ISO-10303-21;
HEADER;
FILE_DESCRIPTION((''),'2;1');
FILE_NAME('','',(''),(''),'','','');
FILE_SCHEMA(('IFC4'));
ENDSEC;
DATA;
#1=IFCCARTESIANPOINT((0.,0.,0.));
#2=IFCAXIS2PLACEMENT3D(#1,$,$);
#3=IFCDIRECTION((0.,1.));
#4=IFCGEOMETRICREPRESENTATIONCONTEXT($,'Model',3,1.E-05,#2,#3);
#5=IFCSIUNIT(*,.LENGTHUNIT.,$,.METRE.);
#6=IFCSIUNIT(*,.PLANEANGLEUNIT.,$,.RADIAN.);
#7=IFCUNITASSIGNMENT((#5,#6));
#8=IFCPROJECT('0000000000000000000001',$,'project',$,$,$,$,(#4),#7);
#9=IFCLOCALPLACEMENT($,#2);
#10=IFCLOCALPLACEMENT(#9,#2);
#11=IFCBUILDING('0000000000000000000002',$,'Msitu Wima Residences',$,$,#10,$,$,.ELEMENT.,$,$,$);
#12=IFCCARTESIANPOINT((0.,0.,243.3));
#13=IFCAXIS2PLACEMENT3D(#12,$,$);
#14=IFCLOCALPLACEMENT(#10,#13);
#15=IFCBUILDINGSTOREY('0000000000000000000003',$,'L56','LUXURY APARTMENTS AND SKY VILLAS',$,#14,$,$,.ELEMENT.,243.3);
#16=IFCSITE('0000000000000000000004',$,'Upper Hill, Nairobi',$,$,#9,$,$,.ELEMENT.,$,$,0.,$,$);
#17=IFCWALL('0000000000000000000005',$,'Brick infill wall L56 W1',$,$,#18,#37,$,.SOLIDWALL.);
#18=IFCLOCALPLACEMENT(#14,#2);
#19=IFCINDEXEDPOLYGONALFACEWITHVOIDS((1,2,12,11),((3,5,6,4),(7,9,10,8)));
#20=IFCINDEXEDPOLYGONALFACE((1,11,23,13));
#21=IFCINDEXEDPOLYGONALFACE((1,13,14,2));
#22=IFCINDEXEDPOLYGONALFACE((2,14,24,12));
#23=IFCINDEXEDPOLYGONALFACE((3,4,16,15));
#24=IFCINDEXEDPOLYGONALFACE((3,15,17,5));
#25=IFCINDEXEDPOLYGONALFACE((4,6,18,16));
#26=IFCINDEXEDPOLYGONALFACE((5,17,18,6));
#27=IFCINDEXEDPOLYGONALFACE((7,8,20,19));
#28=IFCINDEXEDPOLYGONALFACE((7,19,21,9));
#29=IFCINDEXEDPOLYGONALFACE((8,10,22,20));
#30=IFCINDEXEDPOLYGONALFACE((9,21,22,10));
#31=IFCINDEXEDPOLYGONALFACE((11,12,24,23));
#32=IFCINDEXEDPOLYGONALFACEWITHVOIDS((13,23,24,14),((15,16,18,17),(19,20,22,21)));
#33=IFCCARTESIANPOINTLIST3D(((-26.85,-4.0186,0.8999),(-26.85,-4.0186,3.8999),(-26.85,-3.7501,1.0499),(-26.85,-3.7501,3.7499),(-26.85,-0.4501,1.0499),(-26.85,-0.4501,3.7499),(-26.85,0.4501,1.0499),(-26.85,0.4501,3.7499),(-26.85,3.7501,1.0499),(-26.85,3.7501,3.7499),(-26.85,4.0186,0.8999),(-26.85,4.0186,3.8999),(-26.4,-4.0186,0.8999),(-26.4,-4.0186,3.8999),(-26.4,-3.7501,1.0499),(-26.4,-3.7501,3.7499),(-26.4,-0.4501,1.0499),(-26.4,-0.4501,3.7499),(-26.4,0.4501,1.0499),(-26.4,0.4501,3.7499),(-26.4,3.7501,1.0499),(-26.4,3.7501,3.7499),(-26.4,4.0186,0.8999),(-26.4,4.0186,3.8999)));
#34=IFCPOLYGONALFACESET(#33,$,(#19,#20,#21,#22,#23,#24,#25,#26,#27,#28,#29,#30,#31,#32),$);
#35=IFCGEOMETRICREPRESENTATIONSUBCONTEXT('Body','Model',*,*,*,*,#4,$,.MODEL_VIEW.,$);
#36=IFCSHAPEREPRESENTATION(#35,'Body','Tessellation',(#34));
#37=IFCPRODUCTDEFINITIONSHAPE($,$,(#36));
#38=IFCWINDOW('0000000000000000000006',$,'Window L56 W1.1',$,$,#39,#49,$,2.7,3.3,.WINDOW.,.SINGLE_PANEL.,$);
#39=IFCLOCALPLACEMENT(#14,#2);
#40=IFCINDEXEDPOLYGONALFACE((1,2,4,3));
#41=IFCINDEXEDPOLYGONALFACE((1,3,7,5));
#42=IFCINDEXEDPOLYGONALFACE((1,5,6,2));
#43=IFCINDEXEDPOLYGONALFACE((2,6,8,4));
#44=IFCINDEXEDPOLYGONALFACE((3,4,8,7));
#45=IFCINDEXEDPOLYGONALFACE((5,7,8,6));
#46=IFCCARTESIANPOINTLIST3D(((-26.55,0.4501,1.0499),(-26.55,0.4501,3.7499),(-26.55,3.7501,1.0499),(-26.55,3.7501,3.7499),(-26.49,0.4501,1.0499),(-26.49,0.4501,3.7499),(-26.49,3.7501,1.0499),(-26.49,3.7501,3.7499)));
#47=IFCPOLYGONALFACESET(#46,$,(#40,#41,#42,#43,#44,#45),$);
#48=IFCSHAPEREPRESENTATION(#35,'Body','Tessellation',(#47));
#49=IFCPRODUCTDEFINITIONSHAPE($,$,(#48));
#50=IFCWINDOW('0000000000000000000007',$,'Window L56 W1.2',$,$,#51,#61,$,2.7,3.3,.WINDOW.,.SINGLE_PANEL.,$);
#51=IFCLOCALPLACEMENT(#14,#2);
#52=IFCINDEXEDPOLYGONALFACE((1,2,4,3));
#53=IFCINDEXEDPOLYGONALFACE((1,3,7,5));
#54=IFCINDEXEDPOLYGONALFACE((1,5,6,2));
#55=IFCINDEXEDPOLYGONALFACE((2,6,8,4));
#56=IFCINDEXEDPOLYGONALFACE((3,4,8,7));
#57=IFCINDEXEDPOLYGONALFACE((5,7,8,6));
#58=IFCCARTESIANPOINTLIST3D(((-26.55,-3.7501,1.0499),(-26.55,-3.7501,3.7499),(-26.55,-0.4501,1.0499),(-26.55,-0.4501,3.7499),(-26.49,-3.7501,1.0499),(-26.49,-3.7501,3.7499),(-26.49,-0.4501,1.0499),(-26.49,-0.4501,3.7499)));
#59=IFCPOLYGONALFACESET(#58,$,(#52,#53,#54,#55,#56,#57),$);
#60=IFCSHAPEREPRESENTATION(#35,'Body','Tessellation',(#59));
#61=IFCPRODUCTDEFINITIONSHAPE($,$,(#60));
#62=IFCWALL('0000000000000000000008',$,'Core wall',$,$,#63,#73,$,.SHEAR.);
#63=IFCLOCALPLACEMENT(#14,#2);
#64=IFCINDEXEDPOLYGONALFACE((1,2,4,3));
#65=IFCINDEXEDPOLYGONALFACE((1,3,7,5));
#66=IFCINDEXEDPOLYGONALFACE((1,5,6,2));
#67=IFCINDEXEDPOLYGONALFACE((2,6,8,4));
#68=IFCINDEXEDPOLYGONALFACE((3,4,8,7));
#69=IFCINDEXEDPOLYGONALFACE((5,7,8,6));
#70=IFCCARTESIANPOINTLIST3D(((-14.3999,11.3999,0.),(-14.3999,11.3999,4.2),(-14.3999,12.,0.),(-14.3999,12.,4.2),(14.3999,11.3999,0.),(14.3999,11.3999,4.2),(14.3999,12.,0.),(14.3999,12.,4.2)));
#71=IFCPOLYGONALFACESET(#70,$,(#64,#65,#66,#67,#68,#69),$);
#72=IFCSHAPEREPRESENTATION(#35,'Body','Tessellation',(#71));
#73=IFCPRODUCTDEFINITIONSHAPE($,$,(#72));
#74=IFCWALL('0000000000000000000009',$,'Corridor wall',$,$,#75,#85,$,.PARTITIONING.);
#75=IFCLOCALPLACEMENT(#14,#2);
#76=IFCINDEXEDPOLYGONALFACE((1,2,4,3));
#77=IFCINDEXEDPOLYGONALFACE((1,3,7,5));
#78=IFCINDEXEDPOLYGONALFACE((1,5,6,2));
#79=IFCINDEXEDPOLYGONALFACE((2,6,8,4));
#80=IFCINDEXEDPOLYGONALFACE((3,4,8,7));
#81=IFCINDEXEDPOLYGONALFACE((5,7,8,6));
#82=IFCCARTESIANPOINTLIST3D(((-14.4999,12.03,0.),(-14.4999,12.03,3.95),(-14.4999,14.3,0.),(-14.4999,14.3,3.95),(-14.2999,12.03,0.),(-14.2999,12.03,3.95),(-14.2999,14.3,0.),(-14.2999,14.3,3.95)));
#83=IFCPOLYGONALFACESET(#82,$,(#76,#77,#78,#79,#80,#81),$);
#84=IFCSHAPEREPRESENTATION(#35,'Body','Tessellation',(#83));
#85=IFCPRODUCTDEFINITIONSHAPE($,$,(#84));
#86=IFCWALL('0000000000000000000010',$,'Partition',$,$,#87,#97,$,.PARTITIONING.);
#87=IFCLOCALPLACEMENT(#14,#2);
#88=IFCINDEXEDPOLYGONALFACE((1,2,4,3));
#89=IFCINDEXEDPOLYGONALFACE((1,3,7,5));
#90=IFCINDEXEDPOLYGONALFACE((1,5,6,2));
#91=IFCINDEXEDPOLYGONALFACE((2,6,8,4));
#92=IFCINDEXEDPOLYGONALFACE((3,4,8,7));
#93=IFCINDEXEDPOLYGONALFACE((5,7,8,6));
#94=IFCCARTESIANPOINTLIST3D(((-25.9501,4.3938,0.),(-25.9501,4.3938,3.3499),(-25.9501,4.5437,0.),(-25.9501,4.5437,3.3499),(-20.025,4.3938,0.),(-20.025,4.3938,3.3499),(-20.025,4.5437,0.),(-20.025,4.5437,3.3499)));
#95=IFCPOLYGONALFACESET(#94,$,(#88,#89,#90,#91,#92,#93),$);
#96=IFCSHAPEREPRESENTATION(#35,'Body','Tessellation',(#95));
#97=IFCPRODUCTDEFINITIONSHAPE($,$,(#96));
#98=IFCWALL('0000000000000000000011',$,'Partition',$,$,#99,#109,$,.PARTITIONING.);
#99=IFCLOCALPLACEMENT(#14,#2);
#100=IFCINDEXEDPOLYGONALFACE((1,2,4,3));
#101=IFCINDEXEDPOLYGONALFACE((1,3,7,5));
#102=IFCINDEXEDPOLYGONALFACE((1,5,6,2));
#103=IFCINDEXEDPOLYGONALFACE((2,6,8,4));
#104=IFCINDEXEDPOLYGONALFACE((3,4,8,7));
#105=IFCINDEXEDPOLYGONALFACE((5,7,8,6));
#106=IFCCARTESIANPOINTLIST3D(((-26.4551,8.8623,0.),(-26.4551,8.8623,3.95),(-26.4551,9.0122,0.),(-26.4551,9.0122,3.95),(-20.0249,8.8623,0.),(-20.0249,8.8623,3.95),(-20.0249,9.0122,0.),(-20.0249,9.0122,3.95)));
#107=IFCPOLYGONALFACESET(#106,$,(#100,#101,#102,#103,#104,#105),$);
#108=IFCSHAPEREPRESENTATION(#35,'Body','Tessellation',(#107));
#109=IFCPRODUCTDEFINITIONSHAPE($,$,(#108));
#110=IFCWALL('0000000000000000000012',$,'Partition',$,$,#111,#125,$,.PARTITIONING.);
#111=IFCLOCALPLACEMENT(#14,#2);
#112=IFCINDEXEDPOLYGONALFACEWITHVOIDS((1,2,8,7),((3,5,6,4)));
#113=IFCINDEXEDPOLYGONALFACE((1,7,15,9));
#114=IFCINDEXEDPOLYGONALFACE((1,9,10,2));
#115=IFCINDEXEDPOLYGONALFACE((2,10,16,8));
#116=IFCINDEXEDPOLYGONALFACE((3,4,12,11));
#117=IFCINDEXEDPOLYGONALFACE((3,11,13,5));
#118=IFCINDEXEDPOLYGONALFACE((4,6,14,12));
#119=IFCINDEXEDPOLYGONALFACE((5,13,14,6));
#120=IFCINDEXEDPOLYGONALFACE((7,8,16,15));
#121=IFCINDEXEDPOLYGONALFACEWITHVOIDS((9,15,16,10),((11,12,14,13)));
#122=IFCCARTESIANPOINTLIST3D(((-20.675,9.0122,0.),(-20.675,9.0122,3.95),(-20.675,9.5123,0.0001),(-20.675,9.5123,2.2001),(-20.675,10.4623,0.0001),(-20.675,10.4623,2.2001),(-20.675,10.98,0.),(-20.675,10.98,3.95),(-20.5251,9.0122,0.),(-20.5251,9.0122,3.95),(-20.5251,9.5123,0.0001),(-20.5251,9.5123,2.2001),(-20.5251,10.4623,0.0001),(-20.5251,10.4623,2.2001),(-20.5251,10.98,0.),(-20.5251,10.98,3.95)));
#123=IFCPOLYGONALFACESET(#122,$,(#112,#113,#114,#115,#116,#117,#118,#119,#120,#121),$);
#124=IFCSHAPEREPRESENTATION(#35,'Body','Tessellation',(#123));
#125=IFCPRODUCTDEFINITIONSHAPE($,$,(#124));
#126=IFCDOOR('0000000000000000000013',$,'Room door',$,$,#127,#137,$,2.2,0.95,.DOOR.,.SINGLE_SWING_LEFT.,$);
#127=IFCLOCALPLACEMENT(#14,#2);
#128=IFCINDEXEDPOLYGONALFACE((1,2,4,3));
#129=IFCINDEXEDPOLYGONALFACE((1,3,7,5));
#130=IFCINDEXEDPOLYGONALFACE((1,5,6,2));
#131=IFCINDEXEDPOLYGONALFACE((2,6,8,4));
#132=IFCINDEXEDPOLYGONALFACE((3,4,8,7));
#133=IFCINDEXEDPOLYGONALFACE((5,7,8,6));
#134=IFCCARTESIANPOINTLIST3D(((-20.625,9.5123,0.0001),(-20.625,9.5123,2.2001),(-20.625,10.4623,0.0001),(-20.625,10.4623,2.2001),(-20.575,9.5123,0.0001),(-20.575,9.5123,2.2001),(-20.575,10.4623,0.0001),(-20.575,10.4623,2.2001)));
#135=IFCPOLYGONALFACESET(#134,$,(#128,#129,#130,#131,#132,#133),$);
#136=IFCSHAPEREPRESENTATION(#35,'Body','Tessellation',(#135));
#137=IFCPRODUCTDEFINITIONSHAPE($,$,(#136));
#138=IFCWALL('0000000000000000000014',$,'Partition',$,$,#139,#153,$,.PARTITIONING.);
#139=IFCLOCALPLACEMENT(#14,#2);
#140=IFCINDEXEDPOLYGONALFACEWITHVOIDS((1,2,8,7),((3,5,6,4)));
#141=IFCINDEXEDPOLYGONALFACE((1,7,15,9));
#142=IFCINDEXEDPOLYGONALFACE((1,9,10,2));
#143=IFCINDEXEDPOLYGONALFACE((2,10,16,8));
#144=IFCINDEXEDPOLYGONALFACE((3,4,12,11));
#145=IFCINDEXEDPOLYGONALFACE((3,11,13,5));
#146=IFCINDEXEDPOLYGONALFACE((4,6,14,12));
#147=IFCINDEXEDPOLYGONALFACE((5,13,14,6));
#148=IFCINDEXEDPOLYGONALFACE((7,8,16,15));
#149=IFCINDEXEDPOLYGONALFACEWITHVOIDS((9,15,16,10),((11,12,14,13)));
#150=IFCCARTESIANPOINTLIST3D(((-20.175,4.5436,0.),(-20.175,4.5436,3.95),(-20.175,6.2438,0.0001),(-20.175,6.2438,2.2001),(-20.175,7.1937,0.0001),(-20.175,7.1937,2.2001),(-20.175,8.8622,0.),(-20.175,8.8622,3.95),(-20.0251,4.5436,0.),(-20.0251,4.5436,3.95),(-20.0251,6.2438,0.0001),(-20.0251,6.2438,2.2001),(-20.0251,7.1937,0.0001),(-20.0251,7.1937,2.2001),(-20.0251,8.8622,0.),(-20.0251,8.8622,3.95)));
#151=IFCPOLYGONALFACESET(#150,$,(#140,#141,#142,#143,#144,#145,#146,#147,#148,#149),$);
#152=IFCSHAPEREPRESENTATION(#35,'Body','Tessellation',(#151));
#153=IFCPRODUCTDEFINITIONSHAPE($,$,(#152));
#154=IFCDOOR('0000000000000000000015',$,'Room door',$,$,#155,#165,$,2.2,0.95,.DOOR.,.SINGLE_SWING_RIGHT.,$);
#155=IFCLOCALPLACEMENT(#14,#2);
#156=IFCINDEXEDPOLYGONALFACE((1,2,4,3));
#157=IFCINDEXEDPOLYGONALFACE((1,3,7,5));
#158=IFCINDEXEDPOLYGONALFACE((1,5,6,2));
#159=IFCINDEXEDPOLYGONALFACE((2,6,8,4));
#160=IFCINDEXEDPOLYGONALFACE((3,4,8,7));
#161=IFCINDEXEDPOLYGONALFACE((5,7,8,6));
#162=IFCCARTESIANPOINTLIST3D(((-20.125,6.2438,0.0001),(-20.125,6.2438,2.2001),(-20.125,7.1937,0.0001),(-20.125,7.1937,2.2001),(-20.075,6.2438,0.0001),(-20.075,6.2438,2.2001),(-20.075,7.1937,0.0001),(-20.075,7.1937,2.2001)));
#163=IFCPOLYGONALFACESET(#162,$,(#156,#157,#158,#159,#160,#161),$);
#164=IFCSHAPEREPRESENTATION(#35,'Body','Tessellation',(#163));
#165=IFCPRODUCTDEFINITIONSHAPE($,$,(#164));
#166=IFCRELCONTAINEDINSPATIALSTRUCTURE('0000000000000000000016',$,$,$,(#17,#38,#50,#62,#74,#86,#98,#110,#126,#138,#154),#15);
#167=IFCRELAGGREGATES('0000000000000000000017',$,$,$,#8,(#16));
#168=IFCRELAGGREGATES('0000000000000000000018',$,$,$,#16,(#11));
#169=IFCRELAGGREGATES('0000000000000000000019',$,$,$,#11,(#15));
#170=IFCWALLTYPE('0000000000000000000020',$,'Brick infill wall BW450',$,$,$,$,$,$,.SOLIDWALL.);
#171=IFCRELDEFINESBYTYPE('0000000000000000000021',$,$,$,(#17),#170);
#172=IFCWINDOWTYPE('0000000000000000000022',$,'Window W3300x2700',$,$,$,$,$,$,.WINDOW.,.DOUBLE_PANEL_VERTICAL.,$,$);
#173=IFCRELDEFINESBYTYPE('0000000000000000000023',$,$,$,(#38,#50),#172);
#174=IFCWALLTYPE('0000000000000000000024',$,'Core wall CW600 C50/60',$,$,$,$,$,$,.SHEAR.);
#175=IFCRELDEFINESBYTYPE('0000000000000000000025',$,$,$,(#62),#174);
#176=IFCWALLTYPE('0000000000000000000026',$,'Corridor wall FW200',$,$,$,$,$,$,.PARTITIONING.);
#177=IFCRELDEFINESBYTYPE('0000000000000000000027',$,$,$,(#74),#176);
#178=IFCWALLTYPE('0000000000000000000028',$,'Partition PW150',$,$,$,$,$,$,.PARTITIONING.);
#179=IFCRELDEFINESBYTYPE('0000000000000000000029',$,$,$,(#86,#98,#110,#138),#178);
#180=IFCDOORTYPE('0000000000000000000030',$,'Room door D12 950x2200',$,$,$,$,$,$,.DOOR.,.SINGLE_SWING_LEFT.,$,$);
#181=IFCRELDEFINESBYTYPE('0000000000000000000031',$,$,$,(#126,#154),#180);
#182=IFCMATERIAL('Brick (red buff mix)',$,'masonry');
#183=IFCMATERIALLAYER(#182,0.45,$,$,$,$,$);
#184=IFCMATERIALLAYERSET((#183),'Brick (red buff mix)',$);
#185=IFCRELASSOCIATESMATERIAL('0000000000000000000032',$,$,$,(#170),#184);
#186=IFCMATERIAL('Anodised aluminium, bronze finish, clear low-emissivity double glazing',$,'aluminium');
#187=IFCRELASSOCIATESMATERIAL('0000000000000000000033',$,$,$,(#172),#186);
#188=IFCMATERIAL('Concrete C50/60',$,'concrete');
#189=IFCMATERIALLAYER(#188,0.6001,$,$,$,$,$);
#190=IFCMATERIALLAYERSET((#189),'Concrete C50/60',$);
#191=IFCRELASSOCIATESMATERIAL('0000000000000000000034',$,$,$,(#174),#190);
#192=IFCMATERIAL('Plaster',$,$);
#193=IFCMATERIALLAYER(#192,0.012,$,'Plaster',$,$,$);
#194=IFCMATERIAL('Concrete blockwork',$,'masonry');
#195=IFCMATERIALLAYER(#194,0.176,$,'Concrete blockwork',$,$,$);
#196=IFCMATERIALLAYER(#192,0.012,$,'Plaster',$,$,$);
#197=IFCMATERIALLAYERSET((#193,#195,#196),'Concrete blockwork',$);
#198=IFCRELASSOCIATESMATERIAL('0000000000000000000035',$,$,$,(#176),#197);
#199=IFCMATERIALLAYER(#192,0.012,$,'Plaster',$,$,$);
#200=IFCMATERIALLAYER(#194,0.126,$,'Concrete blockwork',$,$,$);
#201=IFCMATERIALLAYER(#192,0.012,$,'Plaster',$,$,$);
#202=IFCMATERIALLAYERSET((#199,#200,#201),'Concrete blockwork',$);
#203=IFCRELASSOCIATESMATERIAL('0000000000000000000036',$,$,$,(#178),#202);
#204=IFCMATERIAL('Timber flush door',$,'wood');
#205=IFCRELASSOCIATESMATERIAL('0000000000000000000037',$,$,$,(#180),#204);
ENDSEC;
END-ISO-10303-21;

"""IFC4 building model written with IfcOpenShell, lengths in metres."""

from ifc_helpers import new_model, si_unit, direction, frame, frame_2d, origin, place, context, subcontext, project, spatial, rectangle, extrude, material, layer, layer_set, type_object, element, fill, save


model = new_model("IFC4")

# Units and contexts
model_context = context("Model", 3, precision=1e-05, world=origin(), true_north=direction((0.0, 1.0)))
body_context = subcontext(model_context, "Body", "Model", "MODEL_VIEW")
ifc_project = project(units=[si_unit("LENGTHUNIT", "METRE"), si_unit("PLANEANGLEUNIT", "RADIAN")], contexts=[model_context])

# Site, building, storey
site_placement = place(None, origin())
site = spatial("IfcSite", under=ifc_project, at=site_placement, Name="Upper Hill, Nairobi", CompositionType="ELEMENT", RefElevation=0.0)
building_placement = place(site_placement, origin())
building = spatial("IfcBuilding", under=site, at=building_placement, Name="Msitu Wima Residences", CompositionType="ELEMENT")
storey_placement = place(building_placement, frame((0.0, 0.0, 243.3)))
storey = spatial("IfcBuildingStorey", under=building, at=storey_placement, Name="L56", Description="LUXURY APARTMENTS AND SKY VILLAS", CompositionType="ELEMENT", Elevation=243.3)

# Shared definitions
ifc_material_1 = material(Name="Concrete C50/60", Category="concrete")

# Shared definitions
ifc_material_2 = material(Name="Brick (red buff mix)", Category="masonry")
ifc_layer_1 = layer(ifc_material_2, 0.45)
ifc_layer_set_1 = layer_set([ifc_layer_1], Name="Brick (red buff mix)")
wall_type_1 = type_object("IfcWallType", Name="Brick infill wall BW450", PredefinedType="SOLIDWALL", material=ifc_layer_set_1)
ifc_material_3 = material(Name="Anodised aluminium, bronze finish, clear low-emissivity double glazing", Category="aluminium")
window_type = type_object("IfcWindowType", Name="Window W3300x2700", PartitioningType="DOUBLE_PANEL_VERTICAL", PredefinedType="WINDOW", material=ifc_material_3)

# Wall, openings, windows
wall_1_placement = place(storey_placement, frame((-26.625, 4.0186, 0.8999), z_axis=(0.0, 0.0, 1.0), x_axis=(0.0, -1.0, 0.0)))
wall_1 = element("IfcWall", 1, at=wall_1_placement, inside=storey, type_object=wall_type_1, Name="Brick infill wall L56 W1", PredefinedType="SOLIDWALL", context=body_context, shape_type="SweptSolid", body=[
    extrude(rectangle(XDim=8.0371, YDim=0.45, at=frame_2d((4.0186, 0.0))), origin(), (0.0, 0.0, 1.0), 3.0),
])
opening_1_placement = place(wall_1_placement, frame((0.2686, 0.0, 0.1499)))
opening_1 = element("IfcOpeningElement", 2, at=opening_1_placement, cuts=wall_1, PredefinedType="OPENING", context=body_context, shape_type="SweptSolid", body=[
    extrude(rectangle(XDim=3.3, YDim=2.7, at=frame_2d((1.6499, 1.3501))), frame((0.0, 0.2349, 0.0), z_axis=(0.0, -1.0, 0.0), x_axis=(1.0, 0.0, 0.0)), (0.0, 0.0, 1.0), 0.47),
])
opening_2_placement = place(wall_1_placement, frame((4.4688, 0.0, 0.1499)))
opening_2 = element("IfcOpeningElement", 3, at=opening_2_placement, cuts=wall_1, PredefinedType="OPENING", context=body_context, shape_type="SweptSolid", body=[
    extrude(rectangle(XDim=3.3, YDim=2.7, at=frame_2d((1.6499, 1.3501))), frame((0.0, 0.2349, 0.0), z_axis=(0.0, -1.0, 0.0), x_axis=(1.0, 0.0, 0.0)), (0.0, 0.0, 1.0), 0.47),
])
window_1_placement = place(opening_1_placement, origin())
window_1 = element("IfcWindow", 4, at=window_1_placement, inside=storey, type_object=window_type, Name="Window L56 W1.1", OverallHeight=2.7, OverallWidth=3.3, PartitioningType="SINGLE_PANEL", PredefinedType="WINDOW", context=body_context, shape_type="SweptSolid", body=[
    extrude(rectangle(XDim=3.3, YDim=2.7, at=frame_2d((1.6499, 1.3501))), frame((0.0, 0.135, 0.0), z_axis=(0.0, -1.0, 0.0), x_axis=(1.0, 0.0, 0.0)), (0.0, 0.0, 1.0), 0.0601),
])
fill(opening_1, window_1)
window_2_placement = place(opening_2_placement, origin())
window_2 = element("IfcWindow", 5, at=window_2_placement, inside=storey, type_object=window_type, Name="Window L56 W1.2", OverallHeight=2.7, OverallWidth=3.3, PartitioningType="SINGLE_PANEL", PredefinedType="WINDOW", context=body_context, shape_type="SweptSolid", body=[
    extrude(rectangle(XDim=3.3, YDim=2.7, at=frame_2d((1.6499, 1.3501))), frame((0.0, 0.135, 0.0), z_axis=(0.0, -1.0, 0.0), x_axis=(1.0, 0.0, 0.0)), (0.0, 0.0, 1.0), 0.0601),
])
fill(opening_2, window_2)

# Walls
ifc_layer_2 = layer(ifc_material_1, 0.6001)
ifc_layer_set_2 = layer_set([ifc_layer_2], Name="Concrete C50/60")
wall_type_2 = type_object("IfcWallType", Name="Core wall CW600 C50/60", PredefinedType="SHEAR", material=ifc_layer_set_2)
wall_2_placement = place(storey_placement, frame((-14.3999, 11.7, 0.0), z_axis=(0.0, 0.0, 1.0), x_axis=(1.0, 0.0, 0.0)))
element("IfcWall", 6, at=wall_2_placement, inside=storey, type_object=wall_type_2, Name="Core wall", PredefinedType="SHEAR", context=body_context, shape_type="SweptSolid", body=[
    extrude(rectangle(XDim=28.7998, YDim=0.6001, at=frame_2d((14.3999, 0.0))), origin(), (0.0, 0.0, 1.0), 4.2),
])
ifc_material_4 = material(Name="Plaster")
ifc_layer_3 = layer(ifc_material_4, 0.012, Name="Plaster")
ifc_material_5 = material(Name="Concrete blockwork", Category="masonry")
ifc_layer_4 = layer(ifc_material_5, 0.176, Name="Concrete blockwork")
ifc_layer_5 = layer(ifc_material_4, 0.012, Name="Plaster")
ifc_layer_set_3 = layer_set([ifc_layer_3, ifc_layer_4, ifc_layer_5], Name="Concrete blockwork")
wall_type_3 = type_object("IfcWallType", Name="Corridor wall FW200", PredefinedType="PARTITIONING", material=ifc_layer_set_3)
wall_3_placement = place(storey_placement, frame((-14.3999, 12.03, 0.0), z_axis=(0.0, 0.0, 1.0), x_axis=(0.0, 1.0, 0.0)))
element("IfcWall", 7, at=wall_3_placement, inside=storey, type_object=wall_type_3, Name="Corridor wall", PredefinedType="PARTITIONING", context=body_context, shape_type="SweptSolid", body=[
    extrude(rectangle(XDim=2.27, YDim=0.2, at=frame_2d((1.135, 0.0))), origin(), (0.0, 0.0, 1.0), 3.95),
])
ifc_layer_6 = layer(ifc_material_4, 0.012, Name="Plaster")
ifc_layer_7 = layer(ifc_material_5, 0.126, Name="Concrete blockwork")
ifc_layer_8 = layer(ifc_material_4, 0.012, Name="Plaster")
ifc_layer_set_4 = layer_set([ifc_layer_6, ifc_layer_7, ifc_layer_8], Name="Concrete blockwork")
wall_type_4 = type_object("IfcWallType", Name="Partition PW150", PredefinedType="PARTITIONING", material=ifc_layer_set_4)
wall_4_placement = place(storey_placement, frame((-25.95, 4.4688, 0.0), z_axis=(0.0, 0.0, 1.0), x_axis=(1.0, 0.0, 0.0)))
element("IfcWall", 8, at=wall_4_placement, inside=storey, type_object=wall_type_4, Name="Partition", PredefinedType="PARTITIONING", context=body_context, shape_type="SweptSolid", body=[
    extrude(rectangle(XDim=5.925, YDim=0.1499, at=frame_2d((2.9624, 0.0))), origin(), (0.0, 0.0, 1.0), 3.3499),
])
wall_5_placement = place(storey_placement, frame((-26.4551, 8.9373, 0.0), z_axis=(0.0, 0.0, 1.0), x_axis=(1.0, 0.0, 0.0)))
element("IfcWall", 9, at=wall_5_placement, inside=storey, type_object=wall_type_4, Name="Partition", PredefinedType="PARTITIONING", context=body_context, shape_type="SweptSolid", body=[
    extrude(rectangle(XDim=6.4302, YDim=0.1499, at=frame_2d((3.2151, 0.0))), origin(), (0.0, 0.0, 1.0), 3.95),
])

# Walls, openings, doors
wall_6_placement = place(storey_placement, frame((-20.6001, 9.0122, 0.0), z_axis=(0.0, 0.0, 1.0), x_axis=(0.0, 1.0, 0.0)))
wall_6 = element("IfcWall", 10, at=wall_6_placement, inside=storey, type_object=wall_type_4, Name="Partition", PredefinedType="PARTITIONING", context=body_context, shape_type="SweptSolid", body=[
    extrude(rectangle(XDim=1.9678, YDim=0.1499, at=frame_2d((0.9839, 0.0))), origin(), (0.0, 0.0, 1.0), 3.95),
])
opening_3_placement = place(wall_6_placement, frame((0.5, 0.0, 0.0)))
opening_3 = element("IfcOpeningElement", 11, at=opening_3_placement, cuts=wall_6, PredefinedType="OPENING", context=body_context, shape_type="SweptSolid", body=[
    extrude(rectangle(XDim=0.95, YDim=2.2, at=frame_2d((0.4751, 1.1001))), frame((0.0, 0.085, 0.0), z_axis=(0.0, -1.0, 0.0), x_axis=(1.0, 0.0, 0.0)), (0.0, 0.0, 1.0), 0.1699),
])
ifc_material_6 = material(Name="Timber flush door", Category="wood")
door_type_1 = type_object("IfcDoorType", Name="Room door D12 950x2200", OperationType="SINGLE_SWING_LEFT", PredefinedType="DOOR", material=ifc_material_6)
door_1_placement = place(opening_3_placement, origin())
door_1 = element("IfcDoor", 12, at=door_1_placement, inside=storey, type_object=door_type_1, Name="Room door", OperationType="SINGLE_SWING_LEFT", OverallHeight=2.2, OverallWidth=0.95, PredefinedType="DOOR", context=body_context, shape_type="SweptSolid", body=[
    extrude(rectangle(XDim=0.95, YDim=2.2, at=frame_2d((0.4751, 1.1001))), frame((0.0, 0.0249, 0.0), z_axis=(0.0, -1.0, 0.0), x_axis=(1.0, 0.0, 0.0)), (0.0, 0.0, 1.0), 0.05),
])
fill(opening_3, door_1)
wall_7_placement = place(storey_placement, frame((-20.1001, 4.5437, 0.0), z_axis=(0.0, 0.0, 1.0), x_axis=(0.0, 1.0, 0.0)))
wall_7 = element("IfcWall", 13, at=wall_7_placement, inside=storey, type_object=wall_type_4, Name="Partition", PredefinedType="PARTITIONING", context=body_context, shape_type="SweptSolid", body=[
    extrude(rectangle(XDim=4.3186, YDim=0.1499, at=frame_2d((2.1592, 0.0))), origin(), (0.0, 0.0, 1.0), 3.95),
])
opening_4_placement = place(wall_7_placement, frame((1.7, 0.0, 0.0)))
opening_4 = element("IfcOpeningElement", 14, at=opening_4_placement, cuts=wall_7, PredefinedType="OPENING", context=body_context, shape_type="SweptSolid", body=[
    extrude(rectangle(XDim=0.95, YDim=2.2, at=frame_2d((0.4751, 1.1001))), frame((0.0, 0.085, 0.0), z_axis=(0.0, -1.0, 0.0), x_axis=(1.0, 0.0, 0.0)), (0.0, 0.0, 1.0), 0.1699),
])
door_2_placement = place(opening_4_placement, origin())
door_2 = element("IfcDoor", 15, at=door_2_placement, inside=storey, type_object=door_type_1, Name="Room door", OperationType="SINGLE_SWING_RIGHT", OverallHeight=2.2, OverallWidth=0.95, PredefinedType="DOOR", context=body_context, shape_type="SweptSolid", body=[
    extrude(rectangle(XDim=0.95, YDim=2.2, at=frame_2d((0.4751, 1.1001))), frame((0.0, 0.0249, 0.0), z_axis=(0.0, -1.0, 0.0), x_axis=(1.0, 0.0, 0.0)), (0.0, 0.0, 1.0), 0.05),
])
fill(opening_4, door_2)

save(model, "model.ifc")
